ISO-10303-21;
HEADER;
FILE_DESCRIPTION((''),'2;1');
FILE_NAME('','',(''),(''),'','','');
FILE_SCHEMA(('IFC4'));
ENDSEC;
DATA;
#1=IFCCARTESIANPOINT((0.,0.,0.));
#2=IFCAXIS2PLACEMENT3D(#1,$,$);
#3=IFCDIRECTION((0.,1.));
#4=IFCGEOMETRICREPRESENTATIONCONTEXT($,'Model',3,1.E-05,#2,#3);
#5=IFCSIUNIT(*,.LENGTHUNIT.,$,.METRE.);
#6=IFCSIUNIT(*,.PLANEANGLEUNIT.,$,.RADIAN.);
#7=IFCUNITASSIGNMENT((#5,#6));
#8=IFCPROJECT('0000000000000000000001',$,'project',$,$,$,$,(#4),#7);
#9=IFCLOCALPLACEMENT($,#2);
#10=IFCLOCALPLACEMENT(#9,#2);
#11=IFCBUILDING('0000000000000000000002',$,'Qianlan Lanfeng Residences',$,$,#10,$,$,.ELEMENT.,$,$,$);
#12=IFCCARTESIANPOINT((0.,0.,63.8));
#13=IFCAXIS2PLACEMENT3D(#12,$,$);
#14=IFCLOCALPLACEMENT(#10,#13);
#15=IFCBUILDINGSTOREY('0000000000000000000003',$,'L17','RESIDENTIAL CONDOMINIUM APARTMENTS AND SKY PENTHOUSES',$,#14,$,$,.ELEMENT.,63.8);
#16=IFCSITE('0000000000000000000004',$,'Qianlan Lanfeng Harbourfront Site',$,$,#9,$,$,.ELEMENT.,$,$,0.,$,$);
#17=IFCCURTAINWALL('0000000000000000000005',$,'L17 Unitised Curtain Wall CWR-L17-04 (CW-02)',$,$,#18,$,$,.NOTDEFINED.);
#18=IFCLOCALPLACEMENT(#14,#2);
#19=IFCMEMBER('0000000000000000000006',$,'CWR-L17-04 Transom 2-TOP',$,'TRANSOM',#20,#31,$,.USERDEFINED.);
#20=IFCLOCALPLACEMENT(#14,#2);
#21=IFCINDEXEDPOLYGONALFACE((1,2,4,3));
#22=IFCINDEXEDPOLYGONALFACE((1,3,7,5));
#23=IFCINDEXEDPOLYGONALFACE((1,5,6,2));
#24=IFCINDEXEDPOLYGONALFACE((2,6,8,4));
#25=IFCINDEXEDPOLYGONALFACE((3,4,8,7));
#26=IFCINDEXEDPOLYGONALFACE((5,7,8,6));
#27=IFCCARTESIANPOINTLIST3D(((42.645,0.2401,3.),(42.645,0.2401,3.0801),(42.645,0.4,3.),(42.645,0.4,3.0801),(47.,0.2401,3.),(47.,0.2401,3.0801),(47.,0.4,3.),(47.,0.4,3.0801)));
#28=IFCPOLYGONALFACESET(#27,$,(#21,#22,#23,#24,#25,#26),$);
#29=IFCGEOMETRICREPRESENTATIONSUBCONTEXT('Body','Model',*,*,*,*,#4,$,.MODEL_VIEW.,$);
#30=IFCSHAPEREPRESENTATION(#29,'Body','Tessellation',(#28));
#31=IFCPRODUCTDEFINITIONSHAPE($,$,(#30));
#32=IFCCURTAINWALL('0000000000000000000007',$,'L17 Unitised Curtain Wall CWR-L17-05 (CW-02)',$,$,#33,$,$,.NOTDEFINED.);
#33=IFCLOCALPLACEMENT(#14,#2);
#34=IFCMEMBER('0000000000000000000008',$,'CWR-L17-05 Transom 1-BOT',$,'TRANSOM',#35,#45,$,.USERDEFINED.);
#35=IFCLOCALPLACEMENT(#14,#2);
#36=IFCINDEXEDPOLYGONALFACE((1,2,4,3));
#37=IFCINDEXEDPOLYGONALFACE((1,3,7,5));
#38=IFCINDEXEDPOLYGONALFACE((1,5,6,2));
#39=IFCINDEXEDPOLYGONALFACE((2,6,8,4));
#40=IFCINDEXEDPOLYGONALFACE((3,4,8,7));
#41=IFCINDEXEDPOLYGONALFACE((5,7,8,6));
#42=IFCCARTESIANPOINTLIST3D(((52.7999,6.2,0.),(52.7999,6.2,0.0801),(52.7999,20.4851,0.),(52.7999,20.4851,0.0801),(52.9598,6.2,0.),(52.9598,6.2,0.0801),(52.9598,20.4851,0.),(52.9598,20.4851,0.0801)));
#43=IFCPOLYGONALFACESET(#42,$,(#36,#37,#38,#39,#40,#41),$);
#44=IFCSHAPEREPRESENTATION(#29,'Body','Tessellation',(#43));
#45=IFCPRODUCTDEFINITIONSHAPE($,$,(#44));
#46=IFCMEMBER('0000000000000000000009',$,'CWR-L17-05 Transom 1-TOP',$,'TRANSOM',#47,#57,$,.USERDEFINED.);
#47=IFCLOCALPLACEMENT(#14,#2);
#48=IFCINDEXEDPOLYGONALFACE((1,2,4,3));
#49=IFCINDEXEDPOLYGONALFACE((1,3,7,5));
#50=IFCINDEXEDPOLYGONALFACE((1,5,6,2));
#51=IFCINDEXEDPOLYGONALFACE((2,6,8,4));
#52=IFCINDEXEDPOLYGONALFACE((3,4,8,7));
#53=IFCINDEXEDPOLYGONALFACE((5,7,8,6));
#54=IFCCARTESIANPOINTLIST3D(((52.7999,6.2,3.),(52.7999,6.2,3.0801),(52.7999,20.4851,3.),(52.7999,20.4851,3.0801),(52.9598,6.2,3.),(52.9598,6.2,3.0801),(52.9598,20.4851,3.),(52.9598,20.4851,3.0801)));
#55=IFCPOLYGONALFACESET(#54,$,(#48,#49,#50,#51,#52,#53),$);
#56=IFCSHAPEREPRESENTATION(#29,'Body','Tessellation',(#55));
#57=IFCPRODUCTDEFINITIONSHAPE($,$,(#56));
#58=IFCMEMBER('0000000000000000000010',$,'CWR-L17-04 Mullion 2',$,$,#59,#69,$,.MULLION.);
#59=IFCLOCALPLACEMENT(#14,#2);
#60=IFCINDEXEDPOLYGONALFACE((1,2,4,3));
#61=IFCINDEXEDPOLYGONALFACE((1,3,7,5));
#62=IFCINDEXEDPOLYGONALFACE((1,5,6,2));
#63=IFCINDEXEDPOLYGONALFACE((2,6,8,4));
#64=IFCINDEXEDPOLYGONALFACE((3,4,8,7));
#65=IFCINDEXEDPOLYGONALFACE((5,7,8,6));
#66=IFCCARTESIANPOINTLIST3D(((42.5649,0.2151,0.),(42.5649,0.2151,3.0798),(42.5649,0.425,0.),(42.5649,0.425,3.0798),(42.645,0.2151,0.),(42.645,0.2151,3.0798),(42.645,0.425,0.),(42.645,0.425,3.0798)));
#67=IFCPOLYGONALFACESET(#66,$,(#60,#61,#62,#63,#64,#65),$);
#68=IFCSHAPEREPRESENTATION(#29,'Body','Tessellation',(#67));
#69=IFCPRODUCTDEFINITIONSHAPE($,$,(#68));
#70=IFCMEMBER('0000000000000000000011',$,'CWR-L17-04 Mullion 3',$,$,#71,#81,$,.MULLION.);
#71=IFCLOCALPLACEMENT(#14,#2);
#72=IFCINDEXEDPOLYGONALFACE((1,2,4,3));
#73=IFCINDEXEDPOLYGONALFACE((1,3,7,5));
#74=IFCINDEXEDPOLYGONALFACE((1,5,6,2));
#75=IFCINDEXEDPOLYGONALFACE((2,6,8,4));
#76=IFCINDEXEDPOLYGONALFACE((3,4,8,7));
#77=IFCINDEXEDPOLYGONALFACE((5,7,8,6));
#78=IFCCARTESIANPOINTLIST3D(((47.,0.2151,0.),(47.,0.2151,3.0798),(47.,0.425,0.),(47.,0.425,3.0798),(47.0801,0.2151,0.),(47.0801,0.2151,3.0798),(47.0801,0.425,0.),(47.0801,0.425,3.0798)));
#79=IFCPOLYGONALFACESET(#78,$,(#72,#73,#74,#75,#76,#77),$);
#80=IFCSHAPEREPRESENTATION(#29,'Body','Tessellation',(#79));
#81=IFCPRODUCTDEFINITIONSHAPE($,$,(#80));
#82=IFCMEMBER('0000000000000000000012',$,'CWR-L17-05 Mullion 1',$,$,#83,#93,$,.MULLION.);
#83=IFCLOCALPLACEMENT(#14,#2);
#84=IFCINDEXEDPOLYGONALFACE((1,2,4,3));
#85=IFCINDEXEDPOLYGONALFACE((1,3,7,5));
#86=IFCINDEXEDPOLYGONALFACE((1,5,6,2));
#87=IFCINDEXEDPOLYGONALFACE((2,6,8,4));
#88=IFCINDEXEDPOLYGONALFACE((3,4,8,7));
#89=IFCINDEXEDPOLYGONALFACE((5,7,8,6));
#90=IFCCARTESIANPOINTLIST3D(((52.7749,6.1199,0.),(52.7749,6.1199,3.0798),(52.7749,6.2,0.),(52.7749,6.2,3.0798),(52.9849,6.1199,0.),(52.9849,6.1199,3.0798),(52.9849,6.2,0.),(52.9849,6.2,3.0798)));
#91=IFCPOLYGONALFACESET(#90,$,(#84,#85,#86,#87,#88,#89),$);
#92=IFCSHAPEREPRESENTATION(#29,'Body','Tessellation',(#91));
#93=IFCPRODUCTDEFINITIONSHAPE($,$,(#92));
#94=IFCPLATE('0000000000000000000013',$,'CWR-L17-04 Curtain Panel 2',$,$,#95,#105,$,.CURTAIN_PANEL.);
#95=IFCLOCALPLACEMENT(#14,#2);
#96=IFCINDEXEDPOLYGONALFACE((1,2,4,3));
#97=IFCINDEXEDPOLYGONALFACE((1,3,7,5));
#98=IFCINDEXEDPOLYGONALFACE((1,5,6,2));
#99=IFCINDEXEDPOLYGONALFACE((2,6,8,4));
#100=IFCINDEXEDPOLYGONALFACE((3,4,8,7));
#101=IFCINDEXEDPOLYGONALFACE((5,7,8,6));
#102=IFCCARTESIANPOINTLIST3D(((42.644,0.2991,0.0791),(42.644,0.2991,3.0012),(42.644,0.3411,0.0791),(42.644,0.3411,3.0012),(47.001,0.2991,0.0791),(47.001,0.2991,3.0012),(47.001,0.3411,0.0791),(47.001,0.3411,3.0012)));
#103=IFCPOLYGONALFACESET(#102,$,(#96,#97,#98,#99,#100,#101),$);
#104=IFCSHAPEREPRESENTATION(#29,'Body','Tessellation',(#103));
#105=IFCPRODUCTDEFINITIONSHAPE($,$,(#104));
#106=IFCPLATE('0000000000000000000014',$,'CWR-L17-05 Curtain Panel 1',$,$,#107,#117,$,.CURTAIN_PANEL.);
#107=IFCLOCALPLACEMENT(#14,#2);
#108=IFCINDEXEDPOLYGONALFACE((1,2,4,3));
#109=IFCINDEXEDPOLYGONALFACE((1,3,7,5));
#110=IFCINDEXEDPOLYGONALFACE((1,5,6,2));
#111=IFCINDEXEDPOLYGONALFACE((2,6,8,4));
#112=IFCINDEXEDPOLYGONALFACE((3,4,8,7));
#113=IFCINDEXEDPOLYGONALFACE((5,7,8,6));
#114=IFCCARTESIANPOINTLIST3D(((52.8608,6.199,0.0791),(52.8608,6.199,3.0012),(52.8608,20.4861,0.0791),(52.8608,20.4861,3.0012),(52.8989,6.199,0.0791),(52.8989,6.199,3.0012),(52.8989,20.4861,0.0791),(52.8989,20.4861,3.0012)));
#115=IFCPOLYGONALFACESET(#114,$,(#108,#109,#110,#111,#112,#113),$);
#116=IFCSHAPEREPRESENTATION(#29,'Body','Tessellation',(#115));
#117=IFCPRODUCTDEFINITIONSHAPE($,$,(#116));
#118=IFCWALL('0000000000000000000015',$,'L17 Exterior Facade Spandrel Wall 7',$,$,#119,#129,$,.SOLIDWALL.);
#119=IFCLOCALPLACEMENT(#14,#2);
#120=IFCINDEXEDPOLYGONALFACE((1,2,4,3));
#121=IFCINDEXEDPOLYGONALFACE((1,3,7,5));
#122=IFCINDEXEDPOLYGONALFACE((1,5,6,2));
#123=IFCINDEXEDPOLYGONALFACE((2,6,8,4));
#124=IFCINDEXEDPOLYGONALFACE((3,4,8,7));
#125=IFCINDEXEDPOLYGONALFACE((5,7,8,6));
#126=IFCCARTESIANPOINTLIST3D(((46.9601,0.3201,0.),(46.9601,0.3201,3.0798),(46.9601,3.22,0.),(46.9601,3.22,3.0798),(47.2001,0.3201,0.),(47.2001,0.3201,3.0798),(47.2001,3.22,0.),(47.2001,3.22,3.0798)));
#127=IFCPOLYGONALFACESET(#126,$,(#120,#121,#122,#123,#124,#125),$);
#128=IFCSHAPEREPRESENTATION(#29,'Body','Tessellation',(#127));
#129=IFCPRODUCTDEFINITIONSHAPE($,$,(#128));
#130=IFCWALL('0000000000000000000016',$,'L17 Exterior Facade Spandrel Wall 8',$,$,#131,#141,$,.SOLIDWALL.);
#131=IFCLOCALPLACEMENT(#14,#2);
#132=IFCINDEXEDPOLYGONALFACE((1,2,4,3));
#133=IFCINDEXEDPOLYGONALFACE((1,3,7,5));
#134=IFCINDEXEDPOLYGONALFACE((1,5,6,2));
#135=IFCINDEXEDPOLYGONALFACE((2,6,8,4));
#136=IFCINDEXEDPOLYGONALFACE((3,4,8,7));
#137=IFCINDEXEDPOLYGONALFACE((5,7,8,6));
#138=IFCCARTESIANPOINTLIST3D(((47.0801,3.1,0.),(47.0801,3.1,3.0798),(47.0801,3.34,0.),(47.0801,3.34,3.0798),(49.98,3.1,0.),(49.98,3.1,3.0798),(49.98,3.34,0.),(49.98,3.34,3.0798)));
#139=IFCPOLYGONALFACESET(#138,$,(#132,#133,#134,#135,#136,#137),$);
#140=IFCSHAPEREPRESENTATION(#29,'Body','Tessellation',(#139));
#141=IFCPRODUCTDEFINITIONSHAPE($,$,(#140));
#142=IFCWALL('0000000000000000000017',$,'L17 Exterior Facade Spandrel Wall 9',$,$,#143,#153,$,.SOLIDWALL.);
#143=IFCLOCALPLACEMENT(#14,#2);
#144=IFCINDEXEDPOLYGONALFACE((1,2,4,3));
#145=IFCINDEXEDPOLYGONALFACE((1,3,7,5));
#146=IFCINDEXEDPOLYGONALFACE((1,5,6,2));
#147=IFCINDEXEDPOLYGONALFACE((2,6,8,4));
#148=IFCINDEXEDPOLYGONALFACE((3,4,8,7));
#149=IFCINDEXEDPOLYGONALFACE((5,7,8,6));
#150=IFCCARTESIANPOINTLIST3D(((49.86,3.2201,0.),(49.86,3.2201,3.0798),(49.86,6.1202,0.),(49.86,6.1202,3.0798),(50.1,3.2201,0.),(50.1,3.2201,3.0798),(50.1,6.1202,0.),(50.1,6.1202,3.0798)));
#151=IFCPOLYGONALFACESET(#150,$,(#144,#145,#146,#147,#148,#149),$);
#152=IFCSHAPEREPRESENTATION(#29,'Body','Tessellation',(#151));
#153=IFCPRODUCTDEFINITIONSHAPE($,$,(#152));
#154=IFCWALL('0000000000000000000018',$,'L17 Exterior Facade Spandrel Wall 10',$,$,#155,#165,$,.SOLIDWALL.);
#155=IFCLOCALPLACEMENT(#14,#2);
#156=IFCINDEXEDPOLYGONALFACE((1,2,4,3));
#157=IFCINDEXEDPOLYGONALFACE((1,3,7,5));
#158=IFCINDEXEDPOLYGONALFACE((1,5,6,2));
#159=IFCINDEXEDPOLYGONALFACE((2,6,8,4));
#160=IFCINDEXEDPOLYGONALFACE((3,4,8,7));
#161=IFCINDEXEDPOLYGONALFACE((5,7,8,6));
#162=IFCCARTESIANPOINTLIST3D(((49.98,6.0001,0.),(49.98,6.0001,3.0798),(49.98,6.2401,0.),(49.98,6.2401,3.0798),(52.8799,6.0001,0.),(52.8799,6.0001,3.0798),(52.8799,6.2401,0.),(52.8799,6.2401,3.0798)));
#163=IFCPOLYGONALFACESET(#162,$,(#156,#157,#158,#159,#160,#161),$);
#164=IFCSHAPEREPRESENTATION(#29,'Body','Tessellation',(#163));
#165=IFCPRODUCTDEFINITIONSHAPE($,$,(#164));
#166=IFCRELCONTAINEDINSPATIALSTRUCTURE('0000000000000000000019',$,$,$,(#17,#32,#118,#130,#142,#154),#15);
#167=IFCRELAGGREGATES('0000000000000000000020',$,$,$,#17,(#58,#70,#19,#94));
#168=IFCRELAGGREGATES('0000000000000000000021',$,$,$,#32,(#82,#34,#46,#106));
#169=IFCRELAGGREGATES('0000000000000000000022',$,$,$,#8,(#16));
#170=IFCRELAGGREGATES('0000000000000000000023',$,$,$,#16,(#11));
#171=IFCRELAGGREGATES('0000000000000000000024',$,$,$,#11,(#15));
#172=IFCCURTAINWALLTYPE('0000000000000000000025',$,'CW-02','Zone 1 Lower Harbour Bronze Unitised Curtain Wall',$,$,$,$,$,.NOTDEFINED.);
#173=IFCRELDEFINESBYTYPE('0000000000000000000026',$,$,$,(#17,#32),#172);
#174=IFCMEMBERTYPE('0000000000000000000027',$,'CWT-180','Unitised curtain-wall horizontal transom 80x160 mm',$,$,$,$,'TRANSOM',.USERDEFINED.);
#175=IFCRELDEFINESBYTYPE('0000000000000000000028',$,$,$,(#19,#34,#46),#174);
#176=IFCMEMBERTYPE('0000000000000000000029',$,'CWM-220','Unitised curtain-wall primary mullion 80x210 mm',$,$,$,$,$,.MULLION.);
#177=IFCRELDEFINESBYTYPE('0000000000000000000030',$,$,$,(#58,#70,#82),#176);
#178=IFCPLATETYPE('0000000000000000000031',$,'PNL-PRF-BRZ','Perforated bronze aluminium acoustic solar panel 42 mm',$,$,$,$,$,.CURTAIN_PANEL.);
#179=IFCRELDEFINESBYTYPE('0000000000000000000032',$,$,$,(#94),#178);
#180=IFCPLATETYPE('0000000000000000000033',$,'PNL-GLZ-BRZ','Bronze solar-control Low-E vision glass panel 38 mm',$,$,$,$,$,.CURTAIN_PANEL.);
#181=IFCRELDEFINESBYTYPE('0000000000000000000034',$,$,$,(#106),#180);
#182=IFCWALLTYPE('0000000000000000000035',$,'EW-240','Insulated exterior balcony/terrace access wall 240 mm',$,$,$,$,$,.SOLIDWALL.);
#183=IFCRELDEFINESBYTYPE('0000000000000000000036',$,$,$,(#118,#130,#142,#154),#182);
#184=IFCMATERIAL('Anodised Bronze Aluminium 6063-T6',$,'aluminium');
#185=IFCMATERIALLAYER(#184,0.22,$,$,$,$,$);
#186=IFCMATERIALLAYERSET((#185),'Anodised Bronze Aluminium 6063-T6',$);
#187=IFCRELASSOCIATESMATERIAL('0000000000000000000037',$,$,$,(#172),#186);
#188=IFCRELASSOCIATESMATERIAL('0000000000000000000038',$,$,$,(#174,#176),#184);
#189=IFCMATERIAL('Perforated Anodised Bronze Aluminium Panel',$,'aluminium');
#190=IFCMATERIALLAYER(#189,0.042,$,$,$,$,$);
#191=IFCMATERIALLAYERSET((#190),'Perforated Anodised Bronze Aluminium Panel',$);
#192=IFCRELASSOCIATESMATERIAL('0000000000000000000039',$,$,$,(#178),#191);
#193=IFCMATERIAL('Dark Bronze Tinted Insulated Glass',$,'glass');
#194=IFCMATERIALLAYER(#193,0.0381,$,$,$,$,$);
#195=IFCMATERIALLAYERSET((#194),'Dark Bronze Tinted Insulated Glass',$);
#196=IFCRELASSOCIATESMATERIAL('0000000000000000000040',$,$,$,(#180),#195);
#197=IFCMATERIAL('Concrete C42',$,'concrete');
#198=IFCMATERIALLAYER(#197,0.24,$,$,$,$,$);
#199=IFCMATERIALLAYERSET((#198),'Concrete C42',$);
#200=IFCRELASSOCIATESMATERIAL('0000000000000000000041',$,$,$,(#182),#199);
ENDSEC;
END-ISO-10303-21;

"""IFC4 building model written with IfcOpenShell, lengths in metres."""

from ifc_helpers import new_model, si_unit, direction, frame, frame_2d, origin, origin_2d, place, context, subcontext, project, spatial, rectangle, extrude, source, transform, mapped, material, layer, layer_set, material_profile, profile_set, type_object, element, aggregate, save


model = new_model("IFC4")

# Units and contexts
model_context = context("Model", 3, precision=1e-05, world=origin(), true_north=direction((0.0, 1.0)))
body_context = subcontext(model_context, "Body", "Model", "MODEL_VIEW")
ifc_project = project(units=[si_unit("LENGTHUNIT", "METRE"), si_unit("PLANEANGLEUNIT", "RADIAN")], contexts=[model_context])

# Site, building, storey
site_placement = place(None, origin())
site = spatial("IfcSite", under=ifc_project, at=site_placement, Name="Qianlan Lanfeng Harbourfront Site", CompositionType="ELEMENT", RefElevation=0.0)
building_placement = place(site_placement, origin())
building = spatial("IfcBuilding", under=site, at=building_placement, Name="Qianlan Lanfeng Residences", CompositionType="ELEMENT")
storey_placement = place(building_placement, frame((0.0, 0.0, 63.8)))
storey = spatial("IfcBuildingStorey", under=building, at=storey_placement, Name="L17", Description="RESIDENTIAL CONDOMINIUM APARTMENTS AND SKY PENTHOUSES", CompositionType="ELEMENT", Elevation=63.8)

# Curtain walls, members
ifc_material_1 = material(Name="Anodised Bronze Aluminium 6063-T6", Category="aluminium")
ifc_layer_1 = layer(ifc_material_1, 0.22)
ifc_layer_set_1 = layer_set([ifc_layer_1], Name="Anodised Bronze Aluminium 6063-T6")
curtain_wall_type = type_object("IfcCurtainWallType", Name="CW-02", Description="Zone 1 Lower Harbour Bronze Unitised Curtain Wall", PredefinedType="NOTDEFINED", material=ifc_layer_set_1)
curtain_wall_1_placement = place(storey_placement, origin())
curtain_wall_1 = element("IfcCurtainWall", 1, at=curtain_wall_1_placement, inside=storey, type_object=curtain_wall_type, Name="L17 Unitised Curtain Wall CWR-L17-04 (CW-02)", PredefinedType="NOTDEFINED")
ifc_material_profile_1 = material_profile(ifc_material_1, rectangle(XDim=0.0801, YDim=0.1599, at=origin_2d()), Name="ALU TRANSOM 80x160")
ifc_profile_set_1 = profile_set([ifc_material_profile_1], Name="Anodised Bronze Aluminium 6063-T6")
member_type_1 = type_object("IfcMemberType", Name="CWT-180", Description="Unitised curtain-wall horizontal transom 80x160 mm", ElementType="TRANSOM", PredefinedType="USERDEFINED", material=ifc_profile_set_1)
shared_shape_1 = source(origin(), body_context, "Body", "SweptSolid", [
    extrude(rectangle(XDim=0.0801, YDim=0.1599, at=origin_2d()), origin(), (0.0, 0.0, 1.0), 4.355),
])
member_1_placement = place(storey_placement, frame((42.645, 0.3201, 3.04), z_axis=(1.0, 0.0, 0.0), x_axis=(0.0, 0.0, 1.0)))
member_1 = element("IfcMember", 2, at=member_1_placement, type_object=member_type_1, Name="CWR-L17-04 Transom 2-TOP", ObjectType="TRANSOM", PredefinedType="USERDEFINED", context=body_context, shape_type="MappedRepresentation", body=[
    mapped(shared_shape_1, transform((0.0, 0.0, 0.0), scale=1.0)),
])
curtain_wall_2_placement = place(storey_placement, origin())
curtain_wall_2 = element("IfcCurtainWall", 3, at=curtain_wall_2_placement, inside=storey, type_object=curtain_wall_type, Name="L17 Unitised Curtain Wall CWR-L17-05 (CW-02)", PredefinedType="NOTDEFINED")
shared_shape_2 = source(origin(), body_context, "Body", "SweptSolid", [
    extrude(rectangle(XDim=0.0801, YDim=0.1599, at=origin_2d()), origin(), (0.0, 0.0, 1.0), 14.2852),
])
member_2_placement = place(storey_placement, frame((52.8799, 6.2, 0.04), z_axis=(0.0, 1.0, 0.0), x_axis=(0.0, 0.0, 1.0)))
member_2 = element("IfcMember", 4, at=member_2_placement, type_object=member_type_1, Name="CWR-L17-05 Transom 1-BOT", ObjectType="TRANSOM", PredefinedType="USERDEFINED", context=body_context, shape_type="MappedRepresentation", body=[
    mapped(shared_shape_2, transform((0.0, 0.0, 0.0), scale=1.0)),
])
member_3_placement = place(storey_placement, frame((52.8799, 6.2, 3.04), z_axis=(0.0, 1.0, 0.0), x_axis=(0.0, 0.0, 1.0)))
member_3 = element("IfcMember", 5, at=member_3_placement, type_object=member_type_1, Name="CWR-L17-05 Transom 1-TOP", ObjectType="TRANSOM", PredefinedType="USERDEFINED", context=body_context, shape_type="MappedRepresentation", body=[
    mapped(shared_shape_2, transform((0.0, 0.0, 0.0), scale=1.0)),
])

# Members
ifc_material_profile_2 = material_profile(ifc_material_1, rectangle(XDim=0.0801, YDim=0.21, at=origin_2d()), Name="ALU MULLION 80x210")
ifc_profile_set_2 = profile_set([ifc_material_profile_2], Name="Anodised Bronze Aluminium 6063-T6")
member_type_2 = type_object("IfcMemberType", Name="CWM-220", Description="Unitised curtain-wall primary mullion 80x210 mm", PredefinedType="MULLION", material=ifc_profile_set_2)
shared_shape_3 = source(origin(), body_context, "Body", "SweptSolid", [
    extrude(rectangle(XDim=0.0801, YDim=0.21, at=origin_2d()), origin(), (0.0, 0.0, 1.0), 3.0798),
])
member_4_placement = place(storey_placement, frame((42.605, 0.3201, 0.0), z_axis=(0.0, 0.0, 1.0), x_axis=(1.0, 0.0, 0.0)))
member_4 = element("IfcMember", 6, at=member_4_placement, type_object=member_type_2, Name="CWR-L17-04 Mullion 2", PredefinedType="MULLION", context=body_context, shape_type="MappedRepresentation", body=[
    mapped(shared_shape_3, transform((0.0, 0.0, 0.0), scale=1.0)),
])
member_5_placement = place(storey_placement, frame((47.04, 0.3201, 0.0), z_axis=(0.0, 0.0, 1.0), x_axis=(1.0, 0.0, 0.0)))
member_5 = element("IfcMember", 7, at=member_5_placement, type_object=member_type_2, Name="CWR-L17-04 Mullion 3", PredefinedType="MULLION", context=body_context, shape_type="MappedRepresentation", body=[
    mapped(shared_shape_3, transform((0.0, 0.0, 0.0), scale=1.0)),
])
member_6_placement = place(storey_placement, frame((52.8799, 6.1599, 0.0), z_axis=(0.0, 0.0, 1.0), x_axis=(0.0, 1.0, 0.0)))
member_6 = element("IfcMember", 8, at=member_6_placement, type_object=member_type_2, Name="CWR-L17-05 Mullion 1", PredefinedType="MULLION", context=body_context, shape_type="MappedRepresentation", body=[
    mapped(shared_shape_3, transform((0.0, 0.0, 0.0), scale=1.0)),
])

# Plates
ifc_material_2 = material(Name="Perforated Anodised Bronze Aluminium Panel", Category="aluminium")
ifc_layer_2 = layer(ifc_material_2, 0.042)
ifc_layer_set_2 = layer_set([ifc_layer_2], Name="Perforated Anodised Bronze Aluminium Panel")
plate_type_1 = type_object("IfcPlateType", Name="PNL-PRF-BRZ", Description="Perforated bronze aluminium acoustic solar panel 42 mm", PredefinedType="CURTAIN_PANEL", material=ifc_layer_set_2)
shared_shape_4 = source(origin(), body_context, "Body", "SweptSolid", [
    extrude(rectangle(XDim=4.3569, YDim=0.042, at=origin_2d()), origin(), (0.0, 0.0, 1.0), 2.9221),
])
plate_1_placement = place(storey_placement, frame((44.8225, 0.3201, 0.0791), z_axis=(0.0, 0.0, 1.0), x_axis=(1.0, 0.0, 0.0)))
plate_1 = element("IfcPlate", 9, at=plate_1_placement, type_object=plate_type_1, Name="CWR-L17-04 Curtain Panel 2", PredefinedType="CURTAIN_PANEL", context=body_context, shape_type="MappedRepresentation", body=[
    mapped(shared_shape_4, transform((0.0, 0.0, 0.0), scale=1.0)),
])
aggregate(curtain_wall_1, [member_4, member_5, member_1, plate_1])
ifc_material_3 = material(Name="Dark Bronze Tinted Insulated Glass", Category="glass")
ifc_layer_3 = layer(ifc_material_3, 0.0381)
ifc_layer_set_3 = layer_set([ifc_layer_3], Name="Dark Bronze Tinted Insulated Glass")
plate_type_2 = type_object("IfcPlateType", Name="PNL-GLZ-BRZ", Description="Bronze solar-control Low-E vision glass panel 38 mm", PredefinedType="CURTAIN_PANEL", material=ifc_layer_set_3)
shared_shape_5 = source(origin(), body_context, "Body", "SweptSolid", [
    extrude(rectangle(XDim=14.2871, YDim=0.0381, at=origin_2d()), origin(), (0.0, 0.0, 1.0), 2.9221),
])
plate_2_placement = place(storey_placement, frame((52.8799, 13.3425, 0.0791), z_axis=(0.0, 0.0, 1.0), x_axis=(0.0, 1.0, 0.0)))
plate_2 = element("IfcPlate", 10, at=plate_2_placement, type_object=plate_type_2, Name="CWR-L17-05 Curtain Panel 1", PredefinedType="CURTAIN_PANEL", context=body_context, shape_type="MappedRepresentation", body=[
    mapped(shared_shape_5, transform((0.0, 0.0, 0.0), scale=1.0)),
])
aggregate(curtain_wall_2, [member_6, member_2, member_3, plate_2])

# Walls
ifc_material_4 = material(Name="Concrete C42", Category="concrete")
ifc_layer_4 = layer(ifc_material_4, 0.24)
ifc_layer_set_4 = layer_set([ifc_layer_4], Name="Concrete C42")
wall_type = type_object("IfcWallType", Name="EW-240", Description="Insulated exterior balcony/terrace access wall 240 mm", PredefinedType="SOLIDWALL", material=ifc_layer_set_4)
for number, where, z_axis, x_axis, name in (
    (11, (47.0801, 0.3201, 0.0), (0.0, 0.0, 1.0), (0.0, 1.0, 0.0), "L17 Exterior Facade Spandrel Wall 7"),
    (12, (47.0801, 3.22, 0.0), (0.0, 0.0, 1.0), (1.0, 0.0, 0.0), "L17 Exterior Facade Spandrel Wall 8"),
):
    element("IfcWall", number, at=place(storey_placement, frame(where, z_axis=z_axis, x_axis=x_axis)), inside=storey, type_object=wall_type, Name=name, PredefinedType="SOLIDWALL", context=body_context, shape_type="SweptSolid", body=[
        extrude(rectangle(XDim=2.8999, YDim=0.24, at=frame_2d((1.45, 0.0))), origin(), (0.0, 0.0, 1.0), 3.0798),
    ])
wall_1_placement = place(storey_placement, frame((49.98, 3.22, 0.0), z_axis=(0.0, 0.0, 1.0), x_axis=(0.0, 1.0, 0.0)))
element("IfcWall", 13, at=wall_1_placement, inside=storey, type_object=wall_type, Name="L17 Exterior Facade Spandrel Wall 9", PredefinedType="SOLIDWALL", context=body_context, shape_type="SweptSolid", body=[
    extrude(rectangle(XDim=2.9001, YDim=0.24, at=frame_2d((1.4502, 0.0))), origin(), (0.0, 0.0, 1.0), 3.0798),
])
wall_2_placement = place(storey_placement, frame((49.98, 6.1201, 0.0), z_axis=(0.0, 0.0, 1.0), x_axis=(1.0, 0.0, 0.0)))
element("IfcWall", 14, at=wall_2_placement, inside=storey, type_object=wall_type, Name="L17 Exterior Facade Spandrel Wall 10", PredefinedType="SOLIDWALL", context=body_context, shape_type="SweptSolid", body=[
    extrude(rectangle(XDim=2.8999, YDim=0.24, at=frame_2d((1.45, 0.0))), origin(), (0.0, 0.0, 1.0), 3.0798),
])

save(model, "model.ifc")
